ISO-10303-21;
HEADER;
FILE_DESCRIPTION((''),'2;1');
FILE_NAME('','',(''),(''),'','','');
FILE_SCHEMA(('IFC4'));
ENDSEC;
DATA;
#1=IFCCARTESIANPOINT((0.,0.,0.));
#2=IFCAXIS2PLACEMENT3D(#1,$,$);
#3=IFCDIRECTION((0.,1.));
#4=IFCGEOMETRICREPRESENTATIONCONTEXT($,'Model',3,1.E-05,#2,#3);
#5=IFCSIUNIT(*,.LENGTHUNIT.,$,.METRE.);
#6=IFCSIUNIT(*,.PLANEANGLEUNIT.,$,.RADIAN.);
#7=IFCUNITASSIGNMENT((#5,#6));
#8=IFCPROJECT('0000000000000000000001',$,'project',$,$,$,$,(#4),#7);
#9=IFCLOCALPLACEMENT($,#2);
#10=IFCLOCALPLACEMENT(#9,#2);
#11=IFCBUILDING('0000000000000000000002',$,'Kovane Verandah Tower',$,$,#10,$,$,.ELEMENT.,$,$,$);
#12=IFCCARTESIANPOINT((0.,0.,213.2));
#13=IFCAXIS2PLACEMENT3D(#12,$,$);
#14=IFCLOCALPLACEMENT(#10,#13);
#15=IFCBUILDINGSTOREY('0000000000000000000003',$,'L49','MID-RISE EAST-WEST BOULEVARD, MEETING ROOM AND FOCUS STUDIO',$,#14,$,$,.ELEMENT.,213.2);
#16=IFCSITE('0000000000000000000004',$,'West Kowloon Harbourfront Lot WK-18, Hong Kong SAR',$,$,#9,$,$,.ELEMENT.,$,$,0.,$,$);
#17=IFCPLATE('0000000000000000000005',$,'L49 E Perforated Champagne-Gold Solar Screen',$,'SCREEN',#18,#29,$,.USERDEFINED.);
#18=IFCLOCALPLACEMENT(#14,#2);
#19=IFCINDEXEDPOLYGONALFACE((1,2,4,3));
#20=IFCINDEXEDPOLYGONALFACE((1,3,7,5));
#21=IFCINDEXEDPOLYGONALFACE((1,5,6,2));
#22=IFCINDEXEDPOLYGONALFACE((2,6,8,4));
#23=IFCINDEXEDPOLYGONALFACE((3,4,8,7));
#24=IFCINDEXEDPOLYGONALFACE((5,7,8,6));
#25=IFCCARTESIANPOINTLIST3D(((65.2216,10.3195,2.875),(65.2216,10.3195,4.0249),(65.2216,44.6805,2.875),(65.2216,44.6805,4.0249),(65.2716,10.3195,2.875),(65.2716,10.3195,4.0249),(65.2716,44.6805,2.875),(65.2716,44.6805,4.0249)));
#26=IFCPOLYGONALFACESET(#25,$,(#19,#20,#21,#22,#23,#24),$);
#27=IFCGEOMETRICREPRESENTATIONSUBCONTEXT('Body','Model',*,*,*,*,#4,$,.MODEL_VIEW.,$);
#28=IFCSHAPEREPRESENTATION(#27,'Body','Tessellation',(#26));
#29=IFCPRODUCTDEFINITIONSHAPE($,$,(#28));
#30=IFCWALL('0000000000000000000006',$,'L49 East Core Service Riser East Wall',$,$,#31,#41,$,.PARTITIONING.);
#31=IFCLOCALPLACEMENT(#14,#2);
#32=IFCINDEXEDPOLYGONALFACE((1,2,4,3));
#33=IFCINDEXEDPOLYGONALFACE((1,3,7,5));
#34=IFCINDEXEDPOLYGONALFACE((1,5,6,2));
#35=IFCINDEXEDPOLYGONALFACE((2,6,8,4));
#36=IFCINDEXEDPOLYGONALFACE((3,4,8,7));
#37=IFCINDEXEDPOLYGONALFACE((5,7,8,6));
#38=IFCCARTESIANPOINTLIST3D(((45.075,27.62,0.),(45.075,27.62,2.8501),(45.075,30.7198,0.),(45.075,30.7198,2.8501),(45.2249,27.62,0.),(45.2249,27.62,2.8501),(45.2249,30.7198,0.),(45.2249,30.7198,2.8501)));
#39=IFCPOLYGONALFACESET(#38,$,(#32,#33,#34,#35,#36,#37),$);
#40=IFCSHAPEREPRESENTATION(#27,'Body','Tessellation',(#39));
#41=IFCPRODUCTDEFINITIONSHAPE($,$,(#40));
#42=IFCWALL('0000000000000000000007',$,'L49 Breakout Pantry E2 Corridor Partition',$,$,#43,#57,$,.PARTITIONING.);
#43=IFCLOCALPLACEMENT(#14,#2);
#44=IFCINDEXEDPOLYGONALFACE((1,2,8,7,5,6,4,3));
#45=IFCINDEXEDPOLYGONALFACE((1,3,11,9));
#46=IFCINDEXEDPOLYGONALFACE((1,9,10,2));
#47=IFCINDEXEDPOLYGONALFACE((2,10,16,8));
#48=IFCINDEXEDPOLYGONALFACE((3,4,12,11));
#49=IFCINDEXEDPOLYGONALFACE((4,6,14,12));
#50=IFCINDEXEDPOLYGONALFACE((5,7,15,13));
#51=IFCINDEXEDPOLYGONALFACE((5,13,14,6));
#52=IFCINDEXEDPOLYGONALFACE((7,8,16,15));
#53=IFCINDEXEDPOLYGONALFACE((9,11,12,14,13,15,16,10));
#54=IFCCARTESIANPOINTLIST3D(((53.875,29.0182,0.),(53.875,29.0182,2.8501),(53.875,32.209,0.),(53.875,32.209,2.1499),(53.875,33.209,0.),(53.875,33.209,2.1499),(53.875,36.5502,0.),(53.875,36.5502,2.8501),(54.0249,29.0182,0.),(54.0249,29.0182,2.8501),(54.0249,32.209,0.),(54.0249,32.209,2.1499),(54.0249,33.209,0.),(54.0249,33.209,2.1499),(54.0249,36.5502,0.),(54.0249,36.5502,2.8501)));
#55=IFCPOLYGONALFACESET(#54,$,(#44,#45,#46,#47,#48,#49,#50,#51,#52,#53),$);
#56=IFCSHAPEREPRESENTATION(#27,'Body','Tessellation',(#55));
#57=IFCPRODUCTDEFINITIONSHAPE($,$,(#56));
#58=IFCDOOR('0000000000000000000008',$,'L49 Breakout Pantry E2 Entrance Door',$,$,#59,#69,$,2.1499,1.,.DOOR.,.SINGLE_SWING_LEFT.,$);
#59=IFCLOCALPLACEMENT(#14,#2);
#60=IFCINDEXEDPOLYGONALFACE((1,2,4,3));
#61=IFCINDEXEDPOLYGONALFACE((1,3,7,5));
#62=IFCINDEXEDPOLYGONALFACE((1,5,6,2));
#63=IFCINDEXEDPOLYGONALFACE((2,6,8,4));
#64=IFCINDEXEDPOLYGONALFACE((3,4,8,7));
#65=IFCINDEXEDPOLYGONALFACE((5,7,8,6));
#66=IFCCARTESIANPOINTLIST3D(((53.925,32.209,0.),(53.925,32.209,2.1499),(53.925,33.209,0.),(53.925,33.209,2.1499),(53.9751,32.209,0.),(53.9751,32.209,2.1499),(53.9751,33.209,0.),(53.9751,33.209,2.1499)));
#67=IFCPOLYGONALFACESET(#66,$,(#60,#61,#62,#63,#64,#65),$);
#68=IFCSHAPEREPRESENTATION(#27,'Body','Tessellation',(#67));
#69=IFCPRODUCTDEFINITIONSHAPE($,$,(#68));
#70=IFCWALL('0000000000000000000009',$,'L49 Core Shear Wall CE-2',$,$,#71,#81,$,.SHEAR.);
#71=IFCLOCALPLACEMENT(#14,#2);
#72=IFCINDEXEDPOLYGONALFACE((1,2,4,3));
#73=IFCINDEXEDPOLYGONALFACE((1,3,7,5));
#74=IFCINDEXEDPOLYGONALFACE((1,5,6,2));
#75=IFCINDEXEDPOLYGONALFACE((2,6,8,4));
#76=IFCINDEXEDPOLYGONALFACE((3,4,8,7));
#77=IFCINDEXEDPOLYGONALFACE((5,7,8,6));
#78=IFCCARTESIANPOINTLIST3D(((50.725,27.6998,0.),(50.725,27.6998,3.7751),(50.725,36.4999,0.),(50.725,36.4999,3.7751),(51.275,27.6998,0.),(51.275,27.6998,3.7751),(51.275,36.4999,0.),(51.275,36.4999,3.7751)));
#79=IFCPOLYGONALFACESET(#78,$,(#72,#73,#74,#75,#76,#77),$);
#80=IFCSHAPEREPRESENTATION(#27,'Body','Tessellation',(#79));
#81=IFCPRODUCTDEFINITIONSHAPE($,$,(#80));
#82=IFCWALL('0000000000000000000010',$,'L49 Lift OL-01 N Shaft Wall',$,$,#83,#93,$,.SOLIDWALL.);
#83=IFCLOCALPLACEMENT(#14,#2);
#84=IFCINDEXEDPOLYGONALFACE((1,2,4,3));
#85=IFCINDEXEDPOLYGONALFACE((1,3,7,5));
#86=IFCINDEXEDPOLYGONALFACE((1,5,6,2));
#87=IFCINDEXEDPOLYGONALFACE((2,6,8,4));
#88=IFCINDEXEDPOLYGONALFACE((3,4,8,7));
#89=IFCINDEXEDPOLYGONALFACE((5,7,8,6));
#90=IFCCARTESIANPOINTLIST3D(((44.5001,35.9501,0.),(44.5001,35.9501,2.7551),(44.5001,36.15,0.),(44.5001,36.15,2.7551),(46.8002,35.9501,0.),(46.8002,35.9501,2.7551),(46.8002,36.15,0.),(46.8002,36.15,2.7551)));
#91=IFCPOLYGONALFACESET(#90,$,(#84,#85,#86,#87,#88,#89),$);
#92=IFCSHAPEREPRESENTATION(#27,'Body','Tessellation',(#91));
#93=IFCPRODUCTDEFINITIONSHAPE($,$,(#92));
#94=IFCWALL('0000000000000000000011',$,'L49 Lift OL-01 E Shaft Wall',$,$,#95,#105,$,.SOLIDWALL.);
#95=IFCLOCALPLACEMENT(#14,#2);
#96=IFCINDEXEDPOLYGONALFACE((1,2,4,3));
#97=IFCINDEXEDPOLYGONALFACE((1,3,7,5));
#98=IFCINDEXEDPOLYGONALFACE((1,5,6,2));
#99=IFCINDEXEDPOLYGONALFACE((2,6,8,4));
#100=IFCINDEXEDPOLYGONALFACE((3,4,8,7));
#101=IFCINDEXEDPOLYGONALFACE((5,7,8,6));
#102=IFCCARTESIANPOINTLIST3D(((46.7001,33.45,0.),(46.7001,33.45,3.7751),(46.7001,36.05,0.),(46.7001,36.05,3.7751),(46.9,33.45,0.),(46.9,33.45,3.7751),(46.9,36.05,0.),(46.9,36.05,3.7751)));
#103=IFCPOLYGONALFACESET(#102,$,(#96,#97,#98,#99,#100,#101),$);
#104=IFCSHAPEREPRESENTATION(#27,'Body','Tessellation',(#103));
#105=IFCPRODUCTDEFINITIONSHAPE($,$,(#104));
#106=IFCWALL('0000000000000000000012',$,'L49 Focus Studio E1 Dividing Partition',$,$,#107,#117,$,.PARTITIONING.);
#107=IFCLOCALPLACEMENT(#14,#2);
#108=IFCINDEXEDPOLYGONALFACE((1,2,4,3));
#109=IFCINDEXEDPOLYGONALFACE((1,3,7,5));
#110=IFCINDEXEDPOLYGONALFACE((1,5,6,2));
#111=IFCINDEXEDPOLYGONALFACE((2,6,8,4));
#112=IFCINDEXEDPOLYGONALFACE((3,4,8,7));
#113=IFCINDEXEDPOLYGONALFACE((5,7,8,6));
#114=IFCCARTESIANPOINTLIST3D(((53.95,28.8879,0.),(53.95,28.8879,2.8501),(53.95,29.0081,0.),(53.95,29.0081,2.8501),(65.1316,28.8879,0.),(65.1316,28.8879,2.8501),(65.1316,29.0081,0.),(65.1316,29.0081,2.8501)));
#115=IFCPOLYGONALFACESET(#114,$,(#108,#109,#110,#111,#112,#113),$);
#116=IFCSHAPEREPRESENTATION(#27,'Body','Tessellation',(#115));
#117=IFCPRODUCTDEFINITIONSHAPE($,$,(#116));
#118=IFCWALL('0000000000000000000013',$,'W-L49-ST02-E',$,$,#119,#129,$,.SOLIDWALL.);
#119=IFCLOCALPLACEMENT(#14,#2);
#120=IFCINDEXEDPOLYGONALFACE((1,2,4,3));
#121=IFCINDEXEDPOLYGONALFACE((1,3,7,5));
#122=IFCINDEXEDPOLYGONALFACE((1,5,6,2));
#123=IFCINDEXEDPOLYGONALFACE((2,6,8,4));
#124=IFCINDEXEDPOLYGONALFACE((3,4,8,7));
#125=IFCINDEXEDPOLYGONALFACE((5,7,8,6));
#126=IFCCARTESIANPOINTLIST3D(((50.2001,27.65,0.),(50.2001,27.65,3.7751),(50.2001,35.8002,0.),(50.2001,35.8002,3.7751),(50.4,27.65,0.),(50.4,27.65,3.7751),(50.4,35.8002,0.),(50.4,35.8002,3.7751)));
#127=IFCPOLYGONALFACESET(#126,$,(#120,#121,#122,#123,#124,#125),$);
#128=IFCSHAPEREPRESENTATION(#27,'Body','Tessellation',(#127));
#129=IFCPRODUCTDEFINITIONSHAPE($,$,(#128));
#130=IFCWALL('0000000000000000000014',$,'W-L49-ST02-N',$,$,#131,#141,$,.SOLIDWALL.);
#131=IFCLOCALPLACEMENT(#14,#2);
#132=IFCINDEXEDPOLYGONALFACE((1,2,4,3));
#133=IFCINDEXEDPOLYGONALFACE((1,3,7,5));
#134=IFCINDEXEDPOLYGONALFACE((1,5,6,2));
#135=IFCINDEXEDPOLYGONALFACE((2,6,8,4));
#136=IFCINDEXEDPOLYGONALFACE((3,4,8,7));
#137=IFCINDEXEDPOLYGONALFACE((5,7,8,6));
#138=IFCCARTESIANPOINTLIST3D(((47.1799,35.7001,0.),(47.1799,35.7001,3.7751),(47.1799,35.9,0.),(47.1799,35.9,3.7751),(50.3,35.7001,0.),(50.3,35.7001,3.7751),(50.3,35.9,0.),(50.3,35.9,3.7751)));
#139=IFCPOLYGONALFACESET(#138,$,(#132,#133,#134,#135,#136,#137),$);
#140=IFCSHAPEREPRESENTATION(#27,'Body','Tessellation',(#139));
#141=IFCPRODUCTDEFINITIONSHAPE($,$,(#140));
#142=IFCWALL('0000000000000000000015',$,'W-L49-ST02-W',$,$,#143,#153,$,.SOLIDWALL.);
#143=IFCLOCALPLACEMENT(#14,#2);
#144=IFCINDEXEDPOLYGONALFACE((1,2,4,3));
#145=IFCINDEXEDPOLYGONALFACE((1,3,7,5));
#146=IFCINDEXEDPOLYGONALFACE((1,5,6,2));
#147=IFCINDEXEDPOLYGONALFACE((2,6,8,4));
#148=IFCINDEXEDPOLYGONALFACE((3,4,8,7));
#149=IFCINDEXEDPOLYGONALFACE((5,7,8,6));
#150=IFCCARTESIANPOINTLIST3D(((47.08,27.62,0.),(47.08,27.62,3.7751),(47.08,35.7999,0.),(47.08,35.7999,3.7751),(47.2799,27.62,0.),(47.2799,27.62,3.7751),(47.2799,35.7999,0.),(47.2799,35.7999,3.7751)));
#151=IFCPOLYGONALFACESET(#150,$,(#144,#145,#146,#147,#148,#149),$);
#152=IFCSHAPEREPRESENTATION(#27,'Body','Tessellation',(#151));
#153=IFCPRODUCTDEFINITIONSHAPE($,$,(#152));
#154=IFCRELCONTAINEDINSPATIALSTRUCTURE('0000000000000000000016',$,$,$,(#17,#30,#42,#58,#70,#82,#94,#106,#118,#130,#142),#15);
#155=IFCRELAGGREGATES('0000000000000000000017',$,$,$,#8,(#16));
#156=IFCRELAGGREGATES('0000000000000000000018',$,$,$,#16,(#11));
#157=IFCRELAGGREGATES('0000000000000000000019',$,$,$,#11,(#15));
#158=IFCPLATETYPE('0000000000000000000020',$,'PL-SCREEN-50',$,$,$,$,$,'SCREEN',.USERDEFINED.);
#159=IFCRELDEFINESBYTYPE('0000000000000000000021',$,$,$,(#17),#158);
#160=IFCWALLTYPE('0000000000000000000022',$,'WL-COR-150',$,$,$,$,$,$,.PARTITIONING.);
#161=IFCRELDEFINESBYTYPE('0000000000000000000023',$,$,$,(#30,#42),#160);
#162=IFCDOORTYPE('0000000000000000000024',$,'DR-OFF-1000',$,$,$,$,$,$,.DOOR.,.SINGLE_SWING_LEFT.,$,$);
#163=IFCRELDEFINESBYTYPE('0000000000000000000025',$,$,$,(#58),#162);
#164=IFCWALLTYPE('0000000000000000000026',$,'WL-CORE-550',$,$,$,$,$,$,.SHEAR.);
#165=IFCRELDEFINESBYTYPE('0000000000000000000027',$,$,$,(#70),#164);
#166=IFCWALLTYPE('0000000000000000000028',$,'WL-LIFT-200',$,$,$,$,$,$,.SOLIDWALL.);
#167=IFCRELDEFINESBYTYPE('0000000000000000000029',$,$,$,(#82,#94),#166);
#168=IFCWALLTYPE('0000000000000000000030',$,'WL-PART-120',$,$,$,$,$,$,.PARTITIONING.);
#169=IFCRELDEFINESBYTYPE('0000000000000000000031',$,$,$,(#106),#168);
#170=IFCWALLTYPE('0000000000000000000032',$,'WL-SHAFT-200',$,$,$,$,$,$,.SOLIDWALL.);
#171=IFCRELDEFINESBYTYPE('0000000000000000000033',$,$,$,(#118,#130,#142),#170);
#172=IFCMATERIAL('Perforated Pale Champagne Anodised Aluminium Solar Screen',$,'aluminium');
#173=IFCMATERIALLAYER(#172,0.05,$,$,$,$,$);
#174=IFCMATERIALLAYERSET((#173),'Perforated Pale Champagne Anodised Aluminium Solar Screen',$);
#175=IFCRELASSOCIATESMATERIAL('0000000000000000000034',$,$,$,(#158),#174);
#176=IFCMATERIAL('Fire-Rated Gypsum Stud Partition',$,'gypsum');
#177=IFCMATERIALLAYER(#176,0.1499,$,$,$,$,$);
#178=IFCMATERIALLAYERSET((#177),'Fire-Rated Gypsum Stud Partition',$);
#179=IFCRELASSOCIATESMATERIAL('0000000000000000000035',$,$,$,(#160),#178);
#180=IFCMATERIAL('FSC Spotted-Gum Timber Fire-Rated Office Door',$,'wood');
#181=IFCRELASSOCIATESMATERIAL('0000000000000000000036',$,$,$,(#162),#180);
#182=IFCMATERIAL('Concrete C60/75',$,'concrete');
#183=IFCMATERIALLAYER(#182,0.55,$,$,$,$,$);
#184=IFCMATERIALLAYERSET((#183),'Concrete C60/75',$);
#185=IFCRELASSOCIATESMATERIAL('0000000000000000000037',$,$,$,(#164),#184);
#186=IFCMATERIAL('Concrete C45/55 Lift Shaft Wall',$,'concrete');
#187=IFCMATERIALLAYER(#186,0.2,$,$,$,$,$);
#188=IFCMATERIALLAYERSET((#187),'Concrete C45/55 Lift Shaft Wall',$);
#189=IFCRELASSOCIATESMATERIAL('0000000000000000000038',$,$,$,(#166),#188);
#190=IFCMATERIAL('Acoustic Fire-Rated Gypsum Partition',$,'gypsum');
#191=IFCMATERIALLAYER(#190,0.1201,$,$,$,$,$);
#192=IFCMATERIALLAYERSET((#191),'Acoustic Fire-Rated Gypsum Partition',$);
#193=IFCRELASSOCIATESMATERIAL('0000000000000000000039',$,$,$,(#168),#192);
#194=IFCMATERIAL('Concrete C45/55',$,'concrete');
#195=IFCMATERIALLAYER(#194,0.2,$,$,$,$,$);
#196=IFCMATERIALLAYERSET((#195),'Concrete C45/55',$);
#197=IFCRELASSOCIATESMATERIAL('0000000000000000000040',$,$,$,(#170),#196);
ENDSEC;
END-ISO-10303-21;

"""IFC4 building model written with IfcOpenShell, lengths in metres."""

from ifc_helpers import new_model, si_unit, direction, frame, frame_2d, origin, origin_2d, place, context, subcontext, project, spatial, rectangle, extrude, material, layer, layer_set, type_object, element, fill, save


model = new_model("IFC4")

# Units and contexts
model_context = context("Model", 3, precision=1e-05, world=origin(), true_north=direction((0.0, 1.0)))
body_context = subcontext(model_context, "Body", "Model", "MODEL_VIEW")
ifc_project = project(units=[si_unit("LENGTHUNIT", "METRE"), si_unit("PLANEANGLEUNIT", "RADIAN")], contexts=[model_context])

# Site, building, storey
site_placement = place(None, origin())
site = spatial("IfcSite", under=ifc_project, at=site_placement, Name="West Kowloon Harbourfront Lot WK-18, Hong Kong SAR", CompositionType="ELEMENT", RefElevation=0.0)
building_placement = place(site_placement, origin())
building = spatial("IfcBuilding", under=site, at=building_placement, Name="Kovane Verandah Tower", CompositionType="ELEMENT")
storey_placement = place(building_placement, frame((0.0, 0.0, 213.2)))
storey = spatial("IfcBuildingStorey", under=building, at=storey_placement, Name="L49", Description="MID-RISE EAST-WEST BOULEVARD, MEETING ROOM AND FOCUS STUDIO", CompositionType="ELEMENT", Elevation=213.2)

# Plate
ifc_material_1 = material(Name="Perforated Pale Champagne Anodised Aluminium Solar Screen", Category="aluminium")
ifc_layer_1 = layer(ifc_material_1, 0.05)
ifc_layer_set_1 = layer_set([ifc_layer_1], Name="Perforated Pale Champagne Anodised Aluminium Solar Screen")
plate_type = type_object("IfcPlateType", Name="PL-SCREEN-50", ElementType="SCREEN", PredefinedType="USERDEFINED", material=ifc_layer_set_1)
plate_placement = place(storey_placement, frame((65.2466, 27.5, 2.875), z_axis=(0.0, 0.0, 1.0), x_axis=(0.0, 1.0, 0.0)))
element("IfcPlate", 1, at=plate_placement, inside=storey, type_object=plate_type, Name="L49 E Perforated Champagne-Gold Solar Screen", ObjectType="SCREEN", PredefinedType="USERDEFINED", context=body_context, shape_type="SweptSolid", body=[
    extrude(rectangle(XDim=34.3611, YDim=0.05, at=origin_2d()), origin(), (0.0, 0.0, 1.0), 1.1499),
])

# Wall
ifc_material_2 = material(Name="Fire-Rated Gypsum Stud Partition", Category="gypsum")
ifc_layer_2 = layer(ifc_material_2, 0.1499)
ifc_layer_set_2 = layer_set([ifc_layer_2], Name="Fire-Rated Gypsum Stud Partition")
wall_type_1 = type_object("IfcWallType", Name="WL-COR-150", PredefinedType="PARTITIONING", material=ifc_layer_set_2)
wall_1_placement = place(storey_placement, frame((45.1499, 27.6201, 0.0), z_axis=(0.0, 0.0, 1.0), x_axis=(0.0, 1.0, 0.0)))
element("IfcWall", 2, at=wall_1_placement, inside=storey, type_object=wall_type_1, Name="L49 East Core Service Riser East Wall", PredefinedType="PARTITIONING", context=body_context, shape_type="SweptSolid", body=[
    extrude(rectangle(XDim=3.0999, YDim=0.1499, at=frame_2d((1.5498, 0.0))), origin(), (0.0, 0.0, 1.0), 2.8501),
])

# Wall, opening, door
wall_2_placement = place(storey_placement, frame((53.95, 29.0181, 0.0), z_axis=(0.0, 0.0, 1.0), x_axis=(0.0, 1.0, 0.0)))
wall_2 = element("IfcWall", 3, at=wall_2_placement, inside=storey, type_object=wall_type_1, Name="L49 Breakout Pantry E2 Corridor Partition", PredefinedType="PARTITIONING", context=body_context, shape_type="SweptSolid", body=[
    extrude(rectangle(XDim=7.532, YDim=0.1499, at=frame_2d((3.7661, 0.0))), origin(), (0.0, 0.0, 1.0), 2.8501),
])
opening_1_placement = place(wall_2_placement, frame((3.1909, 0.0, 0.0)))
opening_1 = element("IfcOpeningElement", 4, at=opening_1_placement, cuts=wall_2, PredefinedType="OPENING", context=body_context, shape_type="SweptSolid", body=[
    extrude(rectangle(XDim=1.0, YDim=2.1499, at=frame_2d((0.5, 1.075))), frame((0.0, 0.075, 0.0), z_axis=(0.0, -1.0, 0.0), x_axis=(1.0, 0.0, 0.0)), (0.0, 0.0, 1.0), 0.1499),
])
ifc_material_3 = material(Name="FSC Spotted-Gum Timber Fire-Rated Office Door", Category="wood")
door_type_1 = type_object("IfcDoorType", Name="DR-OFF-1000", OperationType="SINGLE_SWING_LEFT", PredefinedType="DOOR", material=ifc_material_3)
door_1_placement = place(opening_1_placement, origin())
door_1 = element("IfcDoor", 5, at=door_1_placement, inside=storey, type_object=door_type_1, Name="L49 Breakout Pantry E2 Entrance Door", OperationType="SINGLE_SWING_LEFT", OverallHeight=2.1499, OverallWidth=1.0, PredefinedType="DOOR", context=body_context, shape_type="SweptSolid", body=[
    extrude(rectangle(XDim=1.0, YDim=2.1499, at=frame_2d((0.5, 1.075))), frame((0.0, 0.0249, 0.0), z_axis=(0.0, -1.0, 0.0), x_axis=(1.0, 0.0, 0.0)), (0.0, 0.0, 1.0), 0.05),
])
fill(opening_1, door_1)

# Wall
ifc_material_4 = material(Name="Concrete C60/75", Category="concrete")
ifc_layer_3 = layer(ifc_material_4, 0.55)
ifc_layer_set_3 = layer_set([ifc_layer_3], Name="Concrete C60/75")
wall_type_2 = type_object("IfcWallType", Name="WL-CORE-550", PredefinedType="SHEAR", material=ifc_layer_set_3)
wall_3_placement = place(storey_placement, frame((51.0, 27.7, 0.0), z_axis=(0.0, 0.0, 1.0), x_axis=(0.0, 1.0, 0.0)))
element("IfcWall", 6, at=wall_3_placement, inside=storey, type_object=wall_type_2, Name="L49 Core Shear Wall CE-2", PredefinedType="SHEAR", context=body_context, shape_type="SweptSolid", body=[
    extrude(rectangle(XDim=8.8, YDim=0.55, at=frame_2d((4.3999, 0.0))), origin(), (0.0, 0.0, 1.0), 3.7751),
])

# Walls
ifc_material_5 = material(Name="Concrete C45/55 Lift Shaft Wall", Category="concrete")
ifc_layer_4 = layer(ifc_material_5, 0.2)
ifc_layer_set_4 = layer_set([ifc_layer_4], Name="Concrete C45/55 Lift Shaft Wall")
wall_type_3 = type_object("IfcWallType", Name="WL-LIFT-200", PredefinedType="SOLIDWALL", material=ifc_layer_set_4)
wall_4_placement = place(storey_placement, frame((46.8, 36.05, 0.0), z_axis=(0.0, 0.0, 1.0), x_axis=(-1.0, 0.0, 0.0)))
element("IfcWall", 7, at=wall_4_placement, inside=storey, type_object=wall_type_3, Name="L49 Lift OL-01 N Shaft Wall", PredefinedType="SOLIDWALL", context=body_context, shape_type="SweptSolid", body=[
    extrude(rectangle(XDim=2.3, YDim=0.2, at=frame_2d((1.1499, 0.0))), origin(), (0.0, 0.0, 1.0), 2.7551),
])
wall_5_placement = place(storey_placement, frame((46.8, 33.45, 0.0), z_axis=(0.0, 0.0, 1.0), x_axis=(0.0, 1.0, 0.0)))
element("IfcWall", 8, at=wall_5_placement, inside=storey, type_object=wall_type_3, Name="L49 Lift OL-01 E Shaft Wall", PredefinedType="SOLIDWALL", context=body_context, shape_type="SweptSolid", body=[
    extrude(rectangle(XDim=2.6001, YDim=0.2, at=frame_2d((1.3, 0.0))), origin(), (0.0, 0.0, 1.0), 3.7751),
])
ifc_material_6 = material(Name="Acoustic Fire-Rated Gypsum Partition", Category="gypsum")
ifc_layer_5 = layer(ifc_material_6, 0.1201)
ifc_layer_set_5 = layer_set([ifc_layer_5], Name="Acoustic Fire-Rated Gypsum Partition")
wall_type_4 = type_object("IfcWallType", Name="WL-PART-120", PredefinedType="PARTITIONING", material=ifc_layer_set_5)
wall_6_placement = place(storey_placement, frame((53.95, 28.948, 0.0), z_axis=(0.0, 0.0, 1.0), x_axis=(1.0, 0.0, 0.0)))
element("IfcWall", 9, at=wall_6_placement, inside=storey, type_object=wall_type_4, Name="L49 Focus Studio E1 Dividing Partition", PredefinedType="PARTITIONING", context=body_context, shape_type="SweptSolid", body=[
    extrude(rectangle(XDim=11.1816, YDim=0.1201, at=frame_2d((5.5908, 0.0))), origin(), (0.0, 0.0, 1.0), 2.8501),
])
ifc_material_7 = material(Name="Concrete C45/55", Category="concrete")
ifc_layer_6 = layer(ifc_material_7, 0.2)
ifc_layer_set_6 = layer_set([ifc_layer_6], Name="Concrete C45/55")
wall_type_5 = type_object("IfcWallType", Name="WL-SHAFT-200", PredefinedType="SOLIDWALL", material=ifc_layer_set_6)
wall_7_placement = place(storey_placement, frame((50.3, 27.6499, 0.0), z_axis=(0.0, 0.0, 1.0), x_axis=(0.0, 1.0, 0.0)))
element("IfcWall", 10, at=wall_7_placement, inside=storey, type_object=wall_type_5, Name="W-L49-ST02-E", PredefinedType="SOLIDWALL", context=body_context, shape_type="SweptSolid", body=[
    extrude(rectangle(XDim=8.1501, YDim=0.2, at=frame_2d((4.0752, 0.0))), origin(), (0.0, 0.0, 1.0), 3.7751),
])
wall_8_placement = place(storey_placement, frame((47.1799, 35.8, 0.0), z_axis=(0.0, 0.0, 1.0), x_axis=(1.0, 0.0, 0.0)))
element("IfcWall", 11, at=wall_8_placement, inside=storey, type_object=wall_type_5, Name="W-L49-ST02-N", PredefinedType="SOLIDWALL", context=body_context, shape_type="SweptSolid", body=[
    extrude(rectangle(XDim=3.1201, YDim=0.2, at=frame_2d((1.5601, 0.0))), origin(), (0.0, 0.0, 1.0), 3.7751),
])
wall_9_placement = place(storey_placement, frame((47.1799, 27.6201, 0.0), z_axis=(0.0, 0.0, 1.0), x_axis=(0.0, 1.0, 0.0)))
element("IfcWall", 12, at=wall_9_placement, inside=storey, type_object=wall_type_5, Name="W-L49-ST02-W", PredefinedType="SOLIDWALL", context=body_context, shape_type="SweptSolid", body=[
    extrude(rectangle(XDim=8.1799, YDim=0.2, at=frame_2d((4.0898, 0.0))), origin(), (0.0, 0.0, 1.0), 3.7751),
])

save(model, "model.ifc")
